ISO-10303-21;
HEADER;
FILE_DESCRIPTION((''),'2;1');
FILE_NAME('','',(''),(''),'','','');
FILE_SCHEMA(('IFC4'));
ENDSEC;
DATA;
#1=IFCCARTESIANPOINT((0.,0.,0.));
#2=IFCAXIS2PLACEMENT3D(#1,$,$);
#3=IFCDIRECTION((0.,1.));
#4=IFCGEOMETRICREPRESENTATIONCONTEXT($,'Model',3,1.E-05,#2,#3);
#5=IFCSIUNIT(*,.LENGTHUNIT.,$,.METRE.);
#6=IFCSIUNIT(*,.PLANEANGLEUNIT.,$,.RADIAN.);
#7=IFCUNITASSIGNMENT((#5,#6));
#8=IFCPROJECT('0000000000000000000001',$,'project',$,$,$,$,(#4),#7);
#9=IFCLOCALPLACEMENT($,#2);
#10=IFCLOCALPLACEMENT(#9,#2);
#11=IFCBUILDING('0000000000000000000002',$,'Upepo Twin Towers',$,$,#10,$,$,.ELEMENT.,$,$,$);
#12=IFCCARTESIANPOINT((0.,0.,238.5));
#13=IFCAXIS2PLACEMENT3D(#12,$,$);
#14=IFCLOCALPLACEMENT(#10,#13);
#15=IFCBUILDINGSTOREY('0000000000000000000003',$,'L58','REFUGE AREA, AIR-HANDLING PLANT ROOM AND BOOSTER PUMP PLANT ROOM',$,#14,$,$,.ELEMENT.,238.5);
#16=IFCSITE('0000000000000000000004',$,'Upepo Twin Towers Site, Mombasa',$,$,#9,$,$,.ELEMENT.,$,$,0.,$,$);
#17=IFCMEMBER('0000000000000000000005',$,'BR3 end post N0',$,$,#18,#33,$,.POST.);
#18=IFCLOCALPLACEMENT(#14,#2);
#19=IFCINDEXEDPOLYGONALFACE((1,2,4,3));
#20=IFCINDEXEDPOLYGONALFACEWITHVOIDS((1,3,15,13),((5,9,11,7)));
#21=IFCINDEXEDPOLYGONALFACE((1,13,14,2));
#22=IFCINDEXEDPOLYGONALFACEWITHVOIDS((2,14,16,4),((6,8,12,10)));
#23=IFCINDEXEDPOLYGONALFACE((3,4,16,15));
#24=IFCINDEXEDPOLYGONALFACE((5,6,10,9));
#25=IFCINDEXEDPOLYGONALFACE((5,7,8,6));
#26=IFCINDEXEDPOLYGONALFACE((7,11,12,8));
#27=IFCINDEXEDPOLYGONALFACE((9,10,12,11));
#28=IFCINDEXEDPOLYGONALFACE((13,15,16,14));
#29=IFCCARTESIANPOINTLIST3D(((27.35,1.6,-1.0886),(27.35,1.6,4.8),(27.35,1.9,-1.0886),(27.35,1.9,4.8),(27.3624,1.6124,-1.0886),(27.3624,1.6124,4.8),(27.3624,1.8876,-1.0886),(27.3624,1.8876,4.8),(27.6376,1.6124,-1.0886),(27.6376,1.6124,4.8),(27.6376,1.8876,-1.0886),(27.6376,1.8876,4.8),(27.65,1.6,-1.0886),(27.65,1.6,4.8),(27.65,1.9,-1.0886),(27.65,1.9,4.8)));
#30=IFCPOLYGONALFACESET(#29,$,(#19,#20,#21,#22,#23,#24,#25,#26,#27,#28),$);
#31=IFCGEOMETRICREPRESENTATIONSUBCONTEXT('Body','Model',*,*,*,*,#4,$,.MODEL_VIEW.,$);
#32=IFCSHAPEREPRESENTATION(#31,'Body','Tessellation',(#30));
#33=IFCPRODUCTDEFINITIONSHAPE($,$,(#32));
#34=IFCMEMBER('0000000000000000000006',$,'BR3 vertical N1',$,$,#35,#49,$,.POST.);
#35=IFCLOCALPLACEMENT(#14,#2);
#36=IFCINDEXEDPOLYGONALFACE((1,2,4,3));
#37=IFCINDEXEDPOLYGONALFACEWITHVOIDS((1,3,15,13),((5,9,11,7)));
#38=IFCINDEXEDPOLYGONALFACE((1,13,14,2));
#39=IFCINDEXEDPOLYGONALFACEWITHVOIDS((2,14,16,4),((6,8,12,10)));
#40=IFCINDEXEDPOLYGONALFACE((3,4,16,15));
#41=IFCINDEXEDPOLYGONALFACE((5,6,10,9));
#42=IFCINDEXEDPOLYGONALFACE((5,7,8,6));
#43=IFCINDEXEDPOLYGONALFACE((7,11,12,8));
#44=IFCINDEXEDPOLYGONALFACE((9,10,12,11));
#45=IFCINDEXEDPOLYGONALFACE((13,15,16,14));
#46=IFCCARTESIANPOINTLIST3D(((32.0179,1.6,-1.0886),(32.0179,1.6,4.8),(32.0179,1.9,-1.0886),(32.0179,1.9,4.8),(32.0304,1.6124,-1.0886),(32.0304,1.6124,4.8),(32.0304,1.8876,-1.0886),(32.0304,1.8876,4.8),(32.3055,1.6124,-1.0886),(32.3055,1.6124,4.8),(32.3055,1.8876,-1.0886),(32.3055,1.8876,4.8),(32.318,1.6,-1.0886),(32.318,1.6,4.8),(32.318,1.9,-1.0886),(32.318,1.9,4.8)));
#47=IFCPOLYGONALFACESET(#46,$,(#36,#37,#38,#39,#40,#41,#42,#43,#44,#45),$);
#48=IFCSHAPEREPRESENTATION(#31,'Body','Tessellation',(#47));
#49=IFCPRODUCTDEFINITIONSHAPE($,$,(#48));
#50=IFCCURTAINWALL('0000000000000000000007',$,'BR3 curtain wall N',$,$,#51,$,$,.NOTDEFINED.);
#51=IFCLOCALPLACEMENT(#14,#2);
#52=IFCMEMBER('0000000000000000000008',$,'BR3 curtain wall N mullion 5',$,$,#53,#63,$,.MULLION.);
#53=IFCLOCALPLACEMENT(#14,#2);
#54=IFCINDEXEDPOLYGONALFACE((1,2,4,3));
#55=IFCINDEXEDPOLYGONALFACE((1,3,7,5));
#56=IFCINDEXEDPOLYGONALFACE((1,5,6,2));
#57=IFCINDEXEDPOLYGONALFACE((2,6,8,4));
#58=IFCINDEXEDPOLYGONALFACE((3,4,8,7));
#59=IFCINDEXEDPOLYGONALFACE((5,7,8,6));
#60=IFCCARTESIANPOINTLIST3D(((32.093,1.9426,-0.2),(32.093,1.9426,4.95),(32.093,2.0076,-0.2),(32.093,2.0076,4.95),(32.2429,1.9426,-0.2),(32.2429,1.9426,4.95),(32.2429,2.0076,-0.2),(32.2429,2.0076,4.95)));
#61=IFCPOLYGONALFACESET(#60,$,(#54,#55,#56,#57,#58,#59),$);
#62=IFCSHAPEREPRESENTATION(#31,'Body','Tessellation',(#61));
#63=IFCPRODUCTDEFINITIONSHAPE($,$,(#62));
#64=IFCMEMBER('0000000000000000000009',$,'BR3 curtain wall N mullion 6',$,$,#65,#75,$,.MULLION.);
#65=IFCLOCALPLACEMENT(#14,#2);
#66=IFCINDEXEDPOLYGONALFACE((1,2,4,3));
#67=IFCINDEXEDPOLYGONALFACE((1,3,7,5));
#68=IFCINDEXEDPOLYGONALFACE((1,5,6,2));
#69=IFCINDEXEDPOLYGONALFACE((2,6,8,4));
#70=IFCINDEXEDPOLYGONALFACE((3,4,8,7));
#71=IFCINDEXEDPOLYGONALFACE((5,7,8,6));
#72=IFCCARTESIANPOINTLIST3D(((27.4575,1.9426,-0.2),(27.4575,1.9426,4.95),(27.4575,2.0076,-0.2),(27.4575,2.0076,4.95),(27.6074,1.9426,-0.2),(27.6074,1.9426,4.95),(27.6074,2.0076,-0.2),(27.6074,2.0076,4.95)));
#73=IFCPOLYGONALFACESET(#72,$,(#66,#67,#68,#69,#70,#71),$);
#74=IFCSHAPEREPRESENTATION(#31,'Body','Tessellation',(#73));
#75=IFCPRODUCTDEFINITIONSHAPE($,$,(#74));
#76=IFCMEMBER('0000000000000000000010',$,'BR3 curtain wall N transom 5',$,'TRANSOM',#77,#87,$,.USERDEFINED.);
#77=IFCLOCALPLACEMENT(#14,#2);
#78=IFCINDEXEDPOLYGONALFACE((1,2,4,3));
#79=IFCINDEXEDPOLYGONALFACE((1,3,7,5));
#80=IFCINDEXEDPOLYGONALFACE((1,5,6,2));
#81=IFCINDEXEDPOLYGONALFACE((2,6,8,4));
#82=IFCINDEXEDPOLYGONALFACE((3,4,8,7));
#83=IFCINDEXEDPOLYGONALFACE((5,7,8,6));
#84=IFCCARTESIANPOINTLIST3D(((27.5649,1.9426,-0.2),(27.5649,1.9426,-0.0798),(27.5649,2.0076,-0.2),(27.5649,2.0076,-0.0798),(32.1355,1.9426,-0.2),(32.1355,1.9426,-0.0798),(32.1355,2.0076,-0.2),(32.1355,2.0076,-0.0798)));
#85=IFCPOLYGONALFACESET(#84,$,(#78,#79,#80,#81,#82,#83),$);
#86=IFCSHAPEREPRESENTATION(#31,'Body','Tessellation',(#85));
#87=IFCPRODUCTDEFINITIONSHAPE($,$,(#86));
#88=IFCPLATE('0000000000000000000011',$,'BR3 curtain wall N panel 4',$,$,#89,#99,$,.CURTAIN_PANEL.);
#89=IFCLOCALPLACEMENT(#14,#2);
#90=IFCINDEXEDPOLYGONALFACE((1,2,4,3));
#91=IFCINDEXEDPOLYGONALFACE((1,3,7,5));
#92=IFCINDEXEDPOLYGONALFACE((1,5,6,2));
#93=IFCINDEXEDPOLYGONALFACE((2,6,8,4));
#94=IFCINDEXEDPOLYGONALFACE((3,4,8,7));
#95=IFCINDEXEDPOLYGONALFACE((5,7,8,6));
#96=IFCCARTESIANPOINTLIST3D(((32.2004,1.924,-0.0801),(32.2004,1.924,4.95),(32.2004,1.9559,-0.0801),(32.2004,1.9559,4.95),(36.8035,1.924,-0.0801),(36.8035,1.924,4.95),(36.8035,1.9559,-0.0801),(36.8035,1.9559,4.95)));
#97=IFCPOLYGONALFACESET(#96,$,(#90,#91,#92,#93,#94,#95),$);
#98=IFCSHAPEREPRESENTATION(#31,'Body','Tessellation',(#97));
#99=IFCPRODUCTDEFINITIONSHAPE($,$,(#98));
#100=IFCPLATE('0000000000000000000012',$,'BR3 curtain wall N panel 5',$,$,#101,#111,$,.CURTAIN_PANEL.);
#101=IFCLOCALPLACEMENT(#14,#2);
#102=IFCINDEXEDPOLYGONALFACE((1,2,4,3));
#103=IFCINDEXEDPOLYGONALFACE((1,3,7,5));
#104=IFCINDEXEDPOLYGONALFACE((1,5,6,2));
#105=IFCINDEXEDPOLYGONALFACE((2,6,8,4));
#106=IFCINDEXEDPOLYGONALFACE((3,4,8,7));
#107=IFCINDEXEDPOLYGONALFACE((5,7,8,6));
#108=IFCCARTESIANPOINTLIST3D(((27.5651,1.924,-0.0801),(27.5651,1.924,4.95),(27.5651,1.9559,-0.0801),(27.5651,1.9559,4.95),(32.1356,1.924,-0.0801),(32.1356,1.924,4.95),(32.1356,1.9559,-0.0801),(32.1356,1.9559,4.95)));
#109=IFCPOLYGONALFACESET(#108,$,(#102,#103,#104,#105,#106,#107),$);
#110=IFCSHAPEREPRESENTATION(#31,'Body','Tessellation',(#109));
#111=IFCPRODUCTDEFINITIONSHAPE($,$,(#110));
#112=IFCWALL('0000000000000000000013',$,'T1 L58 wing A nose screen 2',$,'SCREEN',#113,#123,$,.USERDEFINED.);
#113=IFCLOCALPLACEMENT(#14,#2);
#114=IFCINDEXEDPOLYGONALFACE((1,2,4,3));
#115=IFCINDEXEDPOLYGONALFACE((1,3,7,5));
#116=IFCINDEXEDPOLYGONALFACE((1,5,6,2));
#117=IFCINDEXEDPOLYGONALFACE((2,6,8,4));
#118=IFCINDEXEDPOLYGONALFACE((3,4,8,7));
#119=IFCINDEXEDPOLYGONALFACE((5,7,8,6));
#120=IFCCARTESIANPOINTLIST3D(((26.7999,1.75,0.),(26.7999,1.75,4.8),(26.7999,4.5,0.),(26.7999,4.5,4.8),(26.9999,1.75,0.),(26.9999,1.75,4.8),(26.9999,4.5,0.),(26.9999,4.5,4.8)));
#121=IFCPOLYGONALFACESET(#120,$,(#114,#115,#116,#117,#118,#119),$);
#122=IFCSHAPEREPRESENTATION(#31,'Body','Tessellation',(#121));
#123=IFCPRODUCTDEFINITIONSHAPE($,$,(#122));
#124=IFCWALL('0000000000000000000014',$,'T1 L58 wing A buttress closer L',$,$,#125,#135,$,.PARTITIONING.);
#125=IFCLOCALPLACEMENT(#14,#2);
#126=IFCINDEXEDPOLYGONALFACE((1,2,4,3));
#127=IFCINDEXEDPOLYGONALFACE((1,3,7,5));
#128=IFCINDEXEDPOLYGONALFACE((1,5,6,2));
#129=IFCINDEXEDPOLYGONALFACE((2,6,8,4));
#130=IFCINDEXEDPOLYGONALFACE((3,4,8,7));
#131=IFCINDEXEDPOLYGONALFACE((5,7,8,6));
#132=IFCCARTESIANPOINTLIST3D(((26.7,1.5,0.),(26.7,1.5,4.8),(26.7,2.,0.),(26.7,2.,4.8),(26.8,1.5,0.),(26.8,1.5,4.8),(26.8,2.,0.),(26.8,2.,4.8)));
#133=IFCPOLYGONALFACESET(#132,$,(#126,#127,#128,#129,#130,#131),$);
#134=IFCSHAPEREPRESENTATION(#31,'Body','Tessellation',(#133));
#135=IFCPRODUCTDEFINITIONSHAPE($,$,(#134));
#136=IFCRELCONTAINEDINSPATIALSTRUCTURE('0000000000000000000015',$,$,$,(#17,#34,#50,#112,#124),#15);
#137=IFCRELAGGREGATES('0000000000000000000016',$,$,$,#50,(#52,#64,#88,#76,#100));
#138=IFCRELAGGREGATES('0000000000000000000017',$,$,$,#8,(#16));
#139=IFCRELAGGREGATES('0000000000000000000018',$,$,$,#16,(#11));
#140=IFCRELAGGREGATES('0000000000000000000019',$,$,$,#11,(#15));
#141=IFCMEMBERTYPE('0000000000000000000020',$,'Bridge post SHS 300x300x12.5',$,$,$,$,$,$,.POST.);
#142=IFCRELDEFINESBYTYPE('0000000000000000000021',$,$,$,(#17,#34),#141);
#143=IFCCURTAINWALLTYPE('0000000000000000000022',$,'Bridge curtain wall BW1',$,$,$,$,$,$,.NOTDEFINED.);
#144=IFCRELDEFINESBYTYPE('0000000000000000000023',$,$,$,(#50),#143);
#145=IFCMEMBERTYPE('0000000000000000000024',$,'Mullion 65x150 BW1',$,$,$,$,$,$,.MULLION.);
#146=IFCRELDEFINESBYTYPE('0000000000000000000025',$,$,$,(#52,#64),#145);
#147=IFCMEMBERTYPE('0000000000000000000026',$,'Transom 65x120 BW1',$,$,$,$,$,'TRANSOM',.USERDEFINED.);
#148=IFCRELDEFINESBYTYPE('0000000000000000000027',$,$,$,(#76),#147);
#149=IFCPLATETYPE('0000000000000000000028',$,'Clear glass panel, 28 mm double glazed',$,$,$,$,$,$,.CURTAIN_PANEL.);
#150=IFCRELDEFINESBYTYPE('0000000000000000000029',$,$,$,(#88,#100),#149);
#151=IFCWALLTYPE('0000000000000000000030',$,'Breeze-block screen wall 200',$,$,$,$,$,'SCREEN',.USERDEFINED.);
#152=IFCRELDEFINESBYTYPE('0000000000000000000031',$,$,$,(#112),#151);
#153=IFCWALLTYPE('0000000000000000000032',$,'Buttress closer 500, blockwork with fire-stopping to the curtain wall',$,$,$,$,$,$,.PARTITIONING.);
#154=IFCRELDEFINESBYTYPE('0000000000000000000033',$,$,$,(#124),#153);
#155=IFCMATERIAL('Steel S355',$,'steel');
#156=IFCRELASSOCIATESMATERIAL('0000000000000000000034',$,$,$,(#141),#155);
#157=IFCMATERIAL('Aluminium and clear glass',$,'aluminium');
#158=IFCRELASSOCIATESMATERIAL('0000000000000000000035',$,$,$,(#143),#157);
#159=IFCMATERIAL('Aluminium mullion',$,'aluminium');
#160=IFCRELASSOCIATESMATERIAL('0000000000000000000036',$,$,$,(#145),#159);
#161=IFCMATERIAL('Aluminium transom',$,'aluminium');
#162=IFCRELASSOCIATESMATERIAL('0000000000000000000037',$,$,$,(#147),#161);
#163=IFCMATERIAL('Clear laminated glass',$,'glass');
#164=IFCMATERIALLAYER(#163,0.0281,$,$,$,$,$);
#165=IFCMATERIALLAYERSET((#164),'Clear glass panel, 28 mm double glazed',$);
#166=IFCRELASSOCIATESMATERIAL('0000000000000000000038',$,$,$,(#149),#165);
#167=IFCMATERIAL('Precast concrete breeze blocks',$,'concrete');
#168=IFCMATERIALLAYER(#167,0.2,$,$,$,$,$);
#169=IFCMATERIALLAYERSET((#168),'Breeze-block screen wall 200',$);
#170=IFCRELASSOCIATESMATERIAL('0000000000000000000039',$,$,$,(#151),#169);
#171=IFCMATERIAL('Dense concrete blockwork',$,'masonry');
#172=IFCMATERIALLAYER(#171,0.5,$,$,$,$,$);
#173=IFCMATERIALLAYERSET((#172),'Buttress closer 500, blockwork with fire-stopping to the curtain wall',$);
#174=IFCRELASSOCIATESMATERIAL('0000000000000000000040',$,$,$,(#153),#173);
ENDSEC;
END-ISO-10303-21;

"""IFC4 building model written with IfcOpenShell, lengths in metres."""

from ifc_helpers import new_model, si_unit, direction, frame, frame_2d, origin, origin_2d, place, context, subcontext, project, spatial, rectangle, hollow_rectangle, extrude, material, layer, layer_set, material_profile, profile_set, type_object, element, aggregate, save


model = new_model("IFC4")

# Units and contexts
model_context = context("Model", 3, precision=1e-05, world=origin(), true_north=direction((0.0, 1.0)))
body_context = subcontext(model_context, "Body", "Model", "MODEL_VIEW")
ifc_project = project(units=[si_unit("LENGTHUNIT", "METRE"), si_unit("PLANEANGLEUNIT", "RADIAN")], contexts=[model_context])

# Site, building, storey
site_placement = place(None, origin())
site = spatial("IfcSite", under=ifc_project, at=site_placement, Name="Upepo Twin Towers Site, Mombasa", CompositionType="ELEMENT", RefElevation=0.0)
building_placement = place(site_placement, origin())
building = spatial("IfcBuilding", under=site, at=building_placement, Name="Upepo Twin Towers", CompositionType="ELEMENT")
storey_placement = place(building_placement, frame((0.0, 0.0, 238.5)))
storey = spatial("IfcBuildingStorey", under=building, at=storey_placement, Name="L58", Description="REFUGE AREA, AIR-HANDLING PLANT ROOM AND BOOSTER PUMP PLANT ROOM", CompositionType="ELEMENT", Elevation=238.5)

# Members
ifc_material_1 = material(Name="Steel S355", Category="steel")
ifc_material_profile_1 = material_profile(ifc_material_1, hollow_rectangle(XDim=0.3, YDim=0.3, WallThickness=0.0125, at=origin_2d()), Name="SHS 300x300x12.5")
ifc_profile_set_1 = profile_set([ifc_material_profile_1], Name="Steel S355")
member_type_1 = type_object("IfcMemberType", Name="Bridge post SHS 300x300x12.5", PredefinedType="POST", material=ifc_profile_set_1)
for number, where, z_axis, x_axis, name in (
    (1, (27.5, 1.75, -1.0886), (0.0, 0.0, 1.0), (1.0, 0.0, 0.0), "BR3 end post N0"),
    (2, (32.168, 1.75, -1.0886), (0.0, 0.0, 1.0), (1.0, 0.0, 0.0), "BR3 vertical N1"),
):
    element("IfcMember", number, at=place(storey_placement, frame(where, z_axis=z_axis, x_axis=x_axis)), inside=storey, type_object=member_type_1, Name=name, PredefinedType="POST", context=body_context, shape_type="SweptSolid", body=[
        extrude(hollow_rectangle(XDim=0.3, YDim=0.3, WallThickness=0.0125, at=origin_2d()), origin(), (0.0, 0.0, 1.0), 5.8887),
    ])

# Curtain wall, members, plates
ifc_material_2 = material(Name="Aluminium and clear glass", Category="aluminium")
curtain_wall_type = type_object("IfcCurtainWallType", Name="Bridge curtain wall BW1", PredefinedType="NOTDEFINED", material=ifc_material_2)
curtain_wall_placement = place(storey_placement, origin())
curtain_wall = element("IfcCurtainWall", 3, at=curtain_wall_placement, inside=storey, type_object=curtain_wall_type, Name="BR3 curtain wall N", PredefinedType="NOTDEFINED")
ifc_material_3 = material(Name="Aluminium mullion", Category="aluminium")
ifc_material_profile_2 = material_profile(ifc_material_3, rectangle(XDim=0.0649, YDim=0.1499, at=origin_2d()), Name="MULLION 65x150 BRIDGE")
ifc_profile_set_2 = profile_set([ifc_material_profile_2], Name="Aluminium mullion")
member_type_2 = type_object("IfcMemberType", Name="Mullion 65x150 BW1", PredefinedType="MULLION", material=ifc_profile_set_2)
member_1_placement = place(storey_placement, frame((32.168, 1.9751, -0.2), z_axis=(0.0, 0.0, 1.0), x_axis=(0.0, -1.0, 0.0)))
member_1 = element("IfcMember", 4, at=member_1_placement, type_object=member_type_2, Name="BR3 curtain wall N mullion 5", PredefinedType="MULLION", context=body_context, shape_type="SweptSolid", body=[
    extrude(rectangle(XDim=0.0649, YDim=0.1499, at=origin_2d()), origin(), (0.0, 0.0, 1.0), 5.1499),
])
member_2_placement = place(storey_placement, frame((27.5325, 1.9751, -0.2), z_axis=(0.0, 0.0, 1.0), x_axis=(0.0, -1.0, 0.0)))
member_2 = element("IfcMember", 5, at=member_2_placement, type_object=member_type_2, Name="BR3 curtain wall N mullion 6", PredefinedType="MULLION", context=body_context, shape_type="SweptSolid", body=[
    extrude(rectangle(XDim=0.0649, YDim=0.1499, at=origin_2d()), origin(), (0.0, 0.0, 1.0), 5.1499),
])
ifc_material_4 = material(Name="Aluminium transom", Category="aluminium")
ifc_material_profile_3 = material_profile(ifc_material_4, rectangle(XDim=0.0649, YDim=0.1201, at=origin_2d()), Name="TRANSOM 65x120 BRIDGE")
ifc_profile_set_3 = profile_set([ifc_material_profile_3], Name="Aluminium transom")
member_type_3 = type_object("IfcMemberType", Name="Transom 65x120 BW1", ElementType="TRANSOM", PredefinedType="USERDEFINED", material=ifc_profile_set_3)
member_3_placement = place(storey_placement, frame((32.1355, 1.9751, -0.1399), z_axis=(-1.0, 0.0, 0.0), x_axis=(0.0, -1.0, 0.0)))
member_3 = element("IfcMember", 6, at=member_3_placement, type_object=member_type_3, Name="BR3 curtain wall N transom 5", ObjectType="TRANSOM", PredefinedType="USERDEFINED", context=body_context, shape_type="SweptSolid", body=[
    extrude(rectangle(XDim=0.0649, YDim=0.1201, at=origin_2d()), origin(), (0.0, 0.0, 1.0), 4.5706),
])
ifc_material_5 = material(Name="Clear laminated glass", Category="glass")
ifc_layer_1 = layer(ifc_material_5, 0.0281)
ifc_layer_set_1 = layer_set([ifc_layer_1], Name="Clear glass panel, 28 mm double glazed")
plate_type = type_object("IfcPlateType", Name="Clear glass panel, 28 mm double glazed", PredefinedType="CURTAIN_PANEL", material=ifc_layer_set_1)
plate_1_placement = place(storey_placement, frame((34.502, 1.9399, -0.0801), z_axis=(0.0, 0.0, 1.0), x_axis=(-1.0, 0.0, 0.0)))
plate_1 = element("IfcPlate", 7, at=plate_1_placement, type_object=plate_type, Name="BR3 curtain wall N panel 4", PredefinedType="CURTAIN_PANEL", context=body_context, shape_type="SweptSolid", body=[
    extrude(rectangle(XDim=4.603, YDim=0.032, at=origin_2d()), origin(), (0.0, 0.0, 1.0), 5.03),
])
plate_2_placement = place(storey_placement, frame((29.8503, 1.9399, -0.0801), z_axis=(0.0, 0.0, 1.0), x_axis=(-1.0, 0.0, 0.0)))
plate_2 = element("IfcPlate", 8, at=plate_2_placement, type_object=plate_type, Name="BR3 curtain wall N panel 5", PredefinedType="CURTAIN_PANEL", context=body_context, shape_type="SweptSolid", body=[
    extrude(rectangle(XDim=4.5706, YDim=0.032, at=origin_2d()), origin(), (0.0, 0.0, 1.0), 5.03),
])
aggregate(curtain_wall, [member_1, member_2, plate_1, member_3, plate_2])

# Walls
ifc_material_6 = material(Name="Precast concrete breeze blocks", Category="concrete")
ifc_layer_2 = layer(ifc_material_6, 0.2)
ifc_layer_set_2 = layer_set([ifc_layer_2], Name="Breeze-block screen wall 200")
wall_type_1 = type_object("IfcWallType", Name="Breeze-block screen wall 200", ElementType="SCREEN", PredefinedType="USERDEFINED", material=ifc_layer_set_2)
wall_1_placement = place(storey_placement, frame((26.8999, 1.75, 0.0), z_axis=(0.0, 0.0, 1.0), x_axis=(0.0, 1.0, 0.0)))
element("IfcWall", 9, at=wall_1_placement, inside=storey, type_object=wall_type_1, Name="T1 L58 wing A nose screen 2", ObjectType="SCREEN", PredefinedType="USERDEFINED", context=body_context, shape_type="SweptSolid", body=[
    extrude(rectangle(XDim=2.75, YDim=0.2, at=frame_2d((1.375, 0.0))), origin(), (0.0, 0.0, 1.0), 4.8),
])
ifc_material_7 = material(Name="Dense concrete blockwork", Category="masonry")
ifc_layer_3 = layer(ifc_material_7, 0.5)
ifc_layer_set_3 = layer_set([ifc_layer_3], Name="Buttress closer 500, blockwork with fire-stopping to the curtain wall")
wall_type_2 = type_object("IfcWallType", Name="Buttress closer 500, blockwork with fire-stopping to the curtain wall", PredefinedType="PARTITIONING", material=ifc_layer_set_3)
wall_2_placement = place(storey_placement, frame((26.7, 1.75, 0.0), z_axis=(0.0, 0.0, 1.0), x_axis=(1.0, 0.0, 0.0)))
element("IfcWall", 10, at=wall_2_placement, inside=storey, type_object=wall_type_2, Name="T1 L58 wing A buttress closer L", PredefinedType="PARTITIONING", context=body_context, shape_type="SweptSolid", body=[
    extrude(rectangle(XDim=0.1001, YDim=0.5, at=frame_2d((0.05, 0.0))), origin(), (0.0, 0.0, 1.0), 4.8),
])

save(model, "model.ifc")
